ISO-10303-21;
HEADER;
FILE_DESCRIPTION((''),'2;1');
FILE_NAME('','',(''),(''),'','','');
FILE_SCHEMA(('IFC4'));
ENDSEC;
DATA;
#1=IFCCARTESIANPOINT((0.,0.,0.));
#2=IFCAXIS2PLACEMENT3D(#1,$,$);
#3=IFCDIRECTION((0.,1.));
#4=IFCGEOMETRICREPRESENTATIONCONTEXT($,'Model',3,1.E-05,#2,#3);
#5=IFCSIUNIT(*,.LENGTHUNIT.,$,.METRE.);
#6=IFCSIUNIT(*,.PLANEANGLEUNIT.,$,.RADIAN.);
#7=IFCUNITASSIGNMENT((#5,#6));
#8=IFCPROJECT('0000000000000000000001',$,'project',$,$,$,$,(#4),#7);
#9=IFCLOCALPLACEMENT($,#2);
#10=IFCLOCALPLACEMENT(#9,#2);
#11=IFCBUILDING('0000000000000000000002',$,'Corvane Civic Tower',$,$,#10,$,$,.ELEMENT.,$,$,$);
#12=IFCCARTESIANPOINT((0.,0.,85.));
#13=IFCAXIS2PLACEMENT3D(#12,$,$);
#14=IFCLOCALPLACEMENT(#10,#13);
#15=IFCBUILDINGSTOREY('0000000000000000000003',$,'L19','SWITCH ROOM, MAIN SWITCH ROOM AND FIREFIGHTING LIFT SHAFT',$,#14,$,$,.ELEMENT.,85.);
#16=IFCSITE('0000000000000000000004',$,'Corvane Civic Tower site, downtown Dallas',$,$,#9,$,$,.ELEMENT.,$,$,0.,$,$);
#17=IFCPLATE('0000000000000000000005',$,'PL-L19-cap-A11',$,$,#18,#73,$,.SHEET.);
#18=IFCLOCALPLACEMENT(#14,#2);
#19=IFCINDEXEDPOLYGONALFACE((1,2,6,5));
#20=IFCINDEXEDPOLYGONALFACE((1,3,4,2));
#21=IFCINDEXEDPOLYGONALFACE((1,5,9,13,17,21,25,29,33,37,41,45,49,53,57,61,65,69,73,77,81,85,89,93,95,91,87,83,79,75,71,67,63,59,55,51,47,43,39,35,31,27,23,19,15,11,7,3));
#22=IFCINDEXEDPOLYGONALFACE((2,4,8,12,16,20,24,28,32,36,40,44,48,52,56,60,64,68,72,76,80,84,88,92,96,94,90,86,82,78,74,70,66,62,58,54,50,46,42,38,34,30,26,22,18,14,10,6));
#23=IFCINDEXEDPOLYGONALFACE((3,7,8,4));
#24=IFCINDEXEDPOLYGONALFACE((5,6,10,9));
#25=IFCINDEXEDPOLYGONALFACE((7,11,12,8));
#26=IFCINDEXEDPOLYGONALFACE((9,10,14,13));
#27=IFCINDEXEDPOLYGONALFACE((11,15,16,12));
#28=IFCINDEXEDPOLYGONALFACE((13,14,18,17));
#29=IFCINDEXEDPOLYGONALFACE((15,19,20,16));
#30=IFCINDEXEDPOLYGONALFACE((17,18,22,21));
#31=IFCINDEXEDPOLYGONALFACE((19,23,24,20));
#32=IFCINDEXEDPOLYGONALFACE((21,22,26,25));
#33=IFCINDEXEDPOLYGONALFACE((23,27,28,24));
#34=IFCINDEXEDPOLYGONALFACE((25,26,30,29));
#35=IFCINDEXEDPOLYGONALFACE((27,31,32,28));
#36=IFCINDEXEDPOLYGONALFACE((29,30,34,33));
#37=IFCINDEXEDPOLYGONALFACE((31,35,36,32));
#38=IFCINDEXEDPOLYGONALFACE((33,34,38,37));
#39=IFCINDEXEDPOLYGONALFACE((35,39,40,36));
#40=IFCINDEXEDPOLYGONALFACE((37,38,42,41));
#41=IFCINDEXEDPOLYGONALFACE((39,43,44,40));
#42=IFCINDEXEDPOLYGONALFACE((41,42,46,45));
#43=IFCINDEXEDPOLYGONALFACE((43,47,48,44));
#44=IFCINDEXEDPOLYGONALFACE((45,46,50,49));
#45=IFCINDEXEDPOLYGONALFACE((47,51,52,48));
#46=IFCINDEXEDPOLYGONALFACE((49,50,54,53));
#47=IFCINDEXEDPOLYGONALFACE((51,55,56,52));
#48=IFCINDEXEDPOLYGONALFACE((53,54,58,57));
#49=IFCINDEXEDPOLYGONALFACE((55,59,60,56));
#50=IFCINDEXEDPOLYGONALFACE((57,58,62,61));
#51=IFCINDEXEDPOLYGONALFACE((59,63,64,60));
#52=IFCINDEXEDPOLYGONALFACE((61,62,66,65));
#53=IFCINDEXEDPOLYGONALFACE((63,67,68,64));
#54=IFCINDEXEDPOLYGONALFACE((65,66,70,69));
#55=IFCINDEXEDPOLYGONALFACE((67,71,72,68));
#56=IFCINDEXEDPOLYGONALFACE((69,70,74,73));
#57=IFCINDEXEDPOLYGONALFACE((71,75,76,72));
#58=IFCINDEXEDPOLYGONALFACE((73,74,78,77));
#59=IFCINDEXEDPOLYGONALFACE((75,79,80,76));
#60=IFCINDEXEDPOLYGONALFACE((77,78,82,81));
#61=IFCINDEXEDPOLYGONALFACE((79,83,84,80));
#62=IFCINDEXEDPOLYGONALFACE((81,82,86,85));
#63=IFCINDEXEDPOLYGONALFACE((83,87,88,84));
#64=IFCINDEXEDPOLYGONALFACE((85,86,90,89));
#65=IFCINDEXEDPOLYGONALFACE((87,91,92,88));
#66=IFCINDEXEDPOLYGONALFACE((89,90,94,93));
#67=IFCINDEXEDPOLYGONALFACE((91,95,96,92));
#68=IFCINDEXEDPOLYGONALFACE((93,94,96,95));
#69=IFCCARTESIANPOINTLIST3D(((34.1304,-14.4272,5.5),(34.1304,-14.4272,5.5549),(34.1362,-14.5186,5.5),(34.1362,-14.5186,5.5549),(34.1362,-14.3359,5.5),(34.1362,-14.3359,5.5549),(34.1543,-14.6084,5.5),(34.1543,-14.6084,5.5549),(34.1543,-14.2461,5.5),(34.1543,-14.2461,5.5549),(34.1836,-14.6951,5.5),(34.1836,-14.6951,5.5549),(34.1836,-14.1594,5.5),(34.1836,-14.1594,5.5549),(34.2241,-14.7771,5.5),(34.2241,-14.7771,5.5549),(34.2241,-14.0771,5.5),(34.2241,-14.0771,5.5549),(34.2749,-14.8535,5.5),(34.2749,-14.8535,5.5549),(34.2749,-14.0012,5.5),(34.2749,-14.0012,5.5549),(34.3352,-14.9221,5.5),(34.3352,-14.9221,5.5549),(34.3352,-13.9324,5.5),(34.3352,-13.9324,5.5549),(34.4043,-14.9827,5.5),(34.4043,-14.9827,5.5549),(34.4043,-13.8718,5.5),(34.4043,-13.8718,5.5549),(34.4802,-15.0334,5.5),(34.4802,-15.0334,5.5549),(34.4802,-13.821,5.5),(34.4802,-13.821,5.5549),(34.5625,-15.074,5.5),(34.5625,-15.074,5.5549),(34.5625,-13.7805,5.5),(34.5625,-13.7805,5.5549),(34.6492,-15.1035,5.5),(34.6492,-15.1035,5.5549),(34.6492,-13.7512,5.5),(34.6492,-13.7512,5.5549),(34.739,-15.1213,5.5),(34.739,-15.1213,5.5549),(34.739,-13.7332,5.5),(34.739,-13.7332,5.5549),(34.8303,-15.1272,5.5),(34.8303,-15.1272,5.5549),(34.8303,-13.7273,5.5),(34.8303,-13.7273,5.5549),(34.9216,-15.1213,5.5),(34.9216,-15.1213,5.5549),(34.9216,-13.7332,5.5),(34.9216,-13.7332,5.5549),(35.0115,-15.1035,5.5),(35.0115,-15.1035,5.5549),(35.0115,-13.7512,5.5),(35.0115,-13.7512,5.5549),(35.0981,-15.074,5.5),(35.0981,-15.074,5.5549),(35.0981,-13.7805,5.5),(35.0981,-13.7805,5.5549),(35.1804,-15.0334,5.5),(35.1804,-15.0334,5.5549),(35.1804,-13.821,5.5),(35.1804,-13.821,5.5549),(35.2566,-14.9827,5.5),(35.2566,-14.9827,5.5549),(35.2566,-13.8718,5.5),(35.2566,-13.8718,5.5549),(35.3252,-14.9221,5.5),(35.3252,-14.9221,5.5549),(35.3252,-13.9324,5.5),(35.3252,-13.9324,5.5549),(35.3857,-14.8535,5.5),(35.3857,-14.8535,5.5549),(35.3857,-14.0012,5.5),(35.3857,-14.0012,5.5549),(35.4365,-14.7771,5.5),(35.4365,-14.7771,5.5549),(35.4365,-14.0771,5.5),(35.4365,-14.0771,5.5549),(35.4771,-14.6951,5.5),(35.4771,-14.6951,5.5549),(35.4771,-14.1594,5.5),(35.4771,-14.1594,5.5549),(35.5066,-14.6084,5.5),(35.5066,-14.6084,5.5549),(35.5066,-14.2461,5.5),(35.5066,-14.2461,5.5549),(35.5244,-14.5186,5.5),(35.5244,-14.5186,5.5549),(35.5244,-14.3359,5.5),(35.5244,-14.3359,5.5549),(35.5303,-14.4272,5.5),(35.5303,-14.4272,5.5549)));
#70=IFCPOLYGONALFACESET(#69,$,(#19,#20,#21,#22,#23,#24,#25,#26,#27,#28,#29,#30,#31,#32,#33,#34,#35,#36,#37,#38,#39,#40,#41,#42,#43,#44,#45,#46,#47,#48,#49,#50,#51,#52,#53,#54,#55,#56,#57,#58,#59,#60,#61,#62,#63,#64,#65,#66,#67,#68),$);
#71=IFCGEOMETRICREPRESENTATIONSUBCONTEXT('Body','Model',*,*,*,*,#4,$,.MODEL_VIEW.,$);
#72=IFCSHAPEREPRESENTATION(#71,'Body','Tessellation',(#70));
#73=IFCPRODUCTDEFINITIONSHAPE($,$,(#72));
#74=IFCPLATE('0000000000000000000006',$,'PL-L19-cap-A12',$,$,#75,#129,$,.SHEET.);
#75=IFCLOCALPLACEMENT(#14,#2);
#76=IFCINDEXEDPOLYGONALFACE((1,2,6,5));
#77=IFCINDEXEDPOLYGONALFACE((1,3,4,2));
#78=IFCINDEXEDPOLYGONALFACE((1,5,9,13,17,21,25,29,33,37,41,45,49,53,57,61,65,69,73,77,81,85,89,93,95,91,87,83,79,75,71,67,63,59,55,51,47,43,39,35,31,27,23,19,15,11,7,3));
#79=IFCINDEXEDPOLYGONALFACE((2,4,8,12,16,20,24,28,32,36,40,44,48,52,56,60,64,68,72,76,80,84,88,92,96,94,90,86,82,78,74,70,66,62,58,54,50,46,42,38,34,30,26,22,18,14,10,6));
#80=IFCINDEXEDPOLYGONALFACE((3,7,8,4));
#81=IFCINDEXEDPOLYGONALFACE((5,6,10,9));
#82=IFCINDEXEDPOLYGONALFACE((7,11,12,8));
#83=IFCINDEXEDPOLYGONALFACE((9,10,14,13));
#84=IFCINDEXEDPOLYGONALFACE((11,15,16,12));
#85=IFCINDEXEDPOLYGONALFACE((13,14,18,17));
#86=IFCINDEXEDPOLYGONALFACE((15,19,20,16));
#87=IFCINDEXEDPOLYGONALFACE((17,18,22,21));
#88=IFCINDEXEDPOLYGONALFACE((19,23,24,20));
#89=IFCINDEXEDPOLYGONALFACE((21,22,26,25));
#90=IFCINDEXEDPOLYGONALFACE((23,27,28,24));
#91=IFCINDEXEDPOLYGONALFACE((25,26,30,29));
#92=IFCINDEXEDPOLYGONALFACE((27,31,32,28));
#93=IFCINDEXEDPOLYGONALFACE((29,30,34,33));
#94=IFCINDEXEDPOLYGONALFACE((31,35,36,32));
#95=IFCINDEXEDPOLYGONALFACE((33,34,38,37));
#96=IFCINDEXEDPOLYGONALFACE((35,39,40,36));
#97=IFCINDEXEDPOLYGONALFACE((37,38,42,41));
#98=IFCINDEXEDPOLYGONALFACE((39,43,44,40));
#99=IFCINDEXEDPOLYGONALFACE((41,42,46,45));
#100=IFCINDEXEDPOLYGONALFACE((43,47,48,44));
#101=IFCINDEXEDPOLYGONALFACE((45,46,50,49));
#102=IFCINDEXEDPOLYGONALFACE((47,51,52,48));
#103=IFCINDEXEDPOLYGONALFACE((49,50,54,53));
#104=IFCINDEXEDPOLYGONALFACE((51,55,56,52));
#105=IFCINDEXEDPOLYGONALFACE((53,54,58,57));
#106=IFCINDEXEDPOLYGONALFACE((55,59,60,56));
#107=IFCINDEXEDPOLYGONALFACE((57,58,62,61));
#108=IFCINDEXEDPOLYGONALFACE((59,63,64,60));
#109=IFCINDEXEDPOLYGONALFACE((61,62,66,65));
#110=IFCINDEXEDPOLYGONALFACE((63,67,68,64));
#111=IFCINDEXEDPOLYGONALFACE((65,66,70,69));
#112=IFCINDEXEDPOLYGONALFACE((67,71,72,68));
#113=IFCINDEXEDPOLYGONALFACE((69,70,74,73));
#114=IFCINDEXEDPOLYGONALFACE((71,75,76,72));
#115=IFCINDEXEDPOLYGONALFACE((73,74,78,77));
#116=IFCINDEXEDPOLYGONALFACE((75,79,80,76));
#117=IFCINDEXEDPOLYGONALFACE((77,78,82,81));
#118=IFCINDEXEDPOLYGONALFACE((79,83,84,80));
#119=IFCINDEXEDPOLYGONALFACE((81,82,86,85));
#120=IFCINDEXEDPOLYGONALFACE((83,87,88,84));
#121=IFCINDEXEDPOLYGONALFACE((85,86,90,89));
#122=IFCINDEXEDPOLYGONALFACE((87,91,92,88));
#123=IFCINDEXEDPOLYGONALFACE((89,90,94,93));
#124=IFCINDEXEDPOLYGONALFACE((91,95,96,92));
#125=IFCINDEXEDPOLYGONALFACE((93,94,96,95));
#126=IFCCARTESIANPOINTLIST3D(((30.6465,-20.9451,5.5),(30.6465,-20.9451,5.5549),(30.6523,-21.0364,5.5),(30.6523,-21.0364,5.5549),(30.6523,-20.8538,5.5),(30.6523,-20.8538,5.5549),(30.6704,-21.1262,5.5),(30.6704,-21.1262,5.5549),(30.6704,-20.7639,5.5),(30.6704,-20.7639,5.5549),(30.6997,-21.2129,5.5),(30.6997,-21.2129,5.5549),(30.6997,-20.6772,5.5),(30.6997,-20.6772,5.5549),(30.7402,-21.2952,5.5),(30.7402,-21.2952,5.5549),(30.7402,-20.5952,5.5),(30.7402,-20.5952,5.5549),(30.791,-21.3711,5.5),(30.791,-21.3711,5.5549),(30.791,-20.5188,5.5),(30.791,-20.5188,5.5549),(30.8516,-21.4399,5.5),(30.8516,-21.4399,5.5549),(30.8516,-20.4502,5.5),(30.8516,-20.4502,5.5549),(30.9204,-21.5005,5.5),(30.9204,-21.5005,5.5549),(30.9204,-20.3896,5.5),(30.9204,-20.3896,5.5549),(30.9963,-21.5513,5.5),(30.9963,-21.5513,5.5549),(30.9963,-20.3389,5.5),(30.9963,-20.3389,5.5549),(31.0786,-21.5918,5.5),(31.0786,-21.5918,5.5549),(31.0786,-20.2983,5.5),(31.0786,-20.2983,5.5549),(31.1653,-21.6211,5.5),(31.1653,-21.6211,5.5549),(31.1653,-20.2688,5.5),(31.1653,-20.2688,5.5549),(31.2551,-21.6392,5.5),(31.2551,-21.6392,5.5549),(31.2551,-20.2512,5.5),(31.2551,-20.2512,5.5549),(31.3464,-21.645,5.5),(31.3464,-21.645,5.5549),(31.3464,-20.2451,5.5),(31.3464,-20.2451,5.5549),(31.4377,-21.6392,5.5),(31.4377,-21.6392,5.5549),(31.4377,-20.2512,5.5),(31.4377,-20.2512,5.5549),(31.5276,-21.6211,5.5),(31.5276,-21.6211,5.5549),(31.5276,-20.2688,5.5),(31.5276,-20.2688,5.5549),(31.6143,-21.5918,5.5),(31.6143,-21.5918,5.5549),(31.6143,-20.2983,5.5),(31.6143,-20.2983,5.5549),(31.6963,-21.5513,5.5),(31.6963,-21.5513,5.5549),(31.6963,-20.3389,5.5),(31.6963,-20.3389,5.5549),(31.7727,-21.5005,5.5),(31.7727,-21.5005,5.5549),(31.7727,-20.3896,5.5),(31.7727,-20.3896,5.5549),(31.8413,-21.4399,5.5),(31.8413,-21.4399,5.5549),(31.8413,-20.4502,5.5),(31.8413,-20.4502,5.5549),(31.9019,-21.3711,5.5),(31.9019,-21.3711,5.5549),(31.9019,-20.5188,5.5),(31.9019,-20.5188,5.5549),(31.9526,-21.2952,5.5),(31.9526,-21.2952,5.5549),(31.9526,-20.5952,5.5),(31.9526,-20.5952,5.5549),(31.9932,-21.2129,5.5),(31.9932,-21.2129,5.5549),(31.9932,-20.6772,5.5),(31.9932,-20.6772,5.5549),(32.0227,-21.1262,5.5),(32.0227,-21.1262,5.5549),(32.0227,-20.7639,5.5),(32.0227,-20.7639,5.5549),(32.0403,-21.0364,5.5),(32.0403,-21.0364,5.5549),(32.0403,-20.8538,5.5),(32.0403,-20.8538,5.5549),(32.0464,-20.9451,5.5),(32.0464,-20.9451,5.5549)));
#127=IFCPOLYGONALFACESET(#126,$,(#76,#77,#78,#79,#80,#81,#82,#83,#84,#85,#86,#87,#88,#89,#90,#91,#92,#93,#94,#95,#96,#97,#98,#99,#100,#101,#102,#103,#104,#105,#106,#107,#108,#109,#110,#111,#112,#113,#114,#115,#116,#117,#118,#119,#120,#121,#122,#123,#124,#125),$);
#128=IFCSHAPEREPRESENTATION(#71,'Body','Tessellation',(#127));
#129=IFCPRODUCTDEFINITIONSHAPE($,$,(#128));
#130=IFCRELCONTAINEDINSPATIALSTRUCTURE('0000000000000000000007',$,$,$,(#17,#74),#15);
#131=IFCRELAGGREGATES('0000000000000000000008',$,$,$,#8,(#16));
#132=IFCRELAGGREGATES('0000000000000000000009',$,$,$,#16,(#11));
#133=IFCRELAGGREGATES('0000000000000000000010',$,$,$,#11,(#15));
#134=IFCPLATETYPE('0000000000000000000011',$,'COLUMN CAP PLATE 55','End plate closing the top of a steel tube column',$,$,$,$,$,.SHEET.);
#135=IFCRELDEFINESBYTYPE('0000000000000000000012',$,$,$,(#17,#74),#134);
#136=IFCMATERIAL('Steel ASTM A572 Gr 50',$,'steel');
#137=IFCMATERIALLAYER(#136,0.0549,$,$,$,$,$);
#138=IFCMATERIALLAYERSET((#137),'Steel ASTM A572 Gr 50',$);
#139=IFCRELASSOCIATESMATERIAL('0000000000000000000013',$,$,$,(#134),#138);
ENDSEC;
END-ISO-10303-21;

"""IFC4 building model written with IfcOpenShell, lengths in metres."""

from ifc_helpers import new_model, si_unit, direction, frame, origin, place, context, subcontext, project, spatial, polyline, outline, extrude, material, layer, layer_set, type_object, element, save


model = new_model("IFC4")

# Units and contexts
model_context = context("Model", 3, precision=1e-05, world=origin(), true_north=direction((0.0, 1.0)))
body_context = subcontext(model_context, "Body", "Model", "MODEL_VIEW")
ifc_project = project(units=[si_unit("LENGTHUNIT", "METRE"), si_unit("PLANEANGLEUNIT", "RADIAN")], contexts=[model_context])

# Site, building, storey
site_placement = place(None, origin())
site = spatial("IfcSite", under=ifc_project, at=site_placement, Name="Corvane Civic Tower site, downtown Dallas", CompositionType="ELEMENT", RefElevation=0.0)
building_placement = place(site_placement, origin())
building = spatial("IfcBuilding", under=site, at=building_placement, Name="Corvane Civic Tower", CompositionType="ELEMENT")
storey_placement = place(building_placement, frame((0.0, 0.0, 85.0)))
storey = spatial("IfcBuildingStorey", under=building, at=storey_placement, Name="L19", Description="SWITCH ROOM, MAIN SWITCH ROOM AND FIREFIGHTING LIFT SHAFT", CompositionType="ELEMENT", Elevation=85.0)

# Plates
ifc_material_1 = material(Name="Steel ASTM A572 Gr 50", Category="steel")
ifc_layer_1 = layer(ifc_material_1, 0.0549)
ifc_layer_set_1 = layer_set([ifc_layer_1], Name="Steel ASTM A572 Gr 50")
plate_type = type_object("IfcPlateType", Name="COLUMN CAP PLATE 55", Description="End plate closing the top of a steel tube column", PredefinedType="SHEET", material=ifc_layer_set_1)
plate_1_placement = place(storey_placement, frame((0.0, 0.0, 5.5)))
element("IfcPlate", 1, at=plate_1_placement, inside=storey, type_object=plate_type, Name="PL-L19-cap-A11", PredefinedType="SHEET", context=body_context, shape_type="SweptSolid", body=[
    extrude(outline(polyline([(35.5303, -14.4272), (35.5244, -14.3359), (35.5066, -14.2461), (35.4771, -14.1594), (35.4365, -14.0771), (35.3857, -14.0012), (35.3252, -13.9324), (35.2566, -13.8718), (35.1804, -13.821), (35.0981, -13.7805), (35.0115, -13.7512), (34.9216, -13.7332), (34.8303, -13.7273), (34.739, -13.7332), (34.6492, -13.7512), (34.5625, -13.7805), (34.4802, -13.821), (34.4043, -13.8718), (34.3352, -13.9324), (34.2749, -14.0012), (34.2241, -14.0771), (34.1836, -14.1594), (34.1543, -14.2461), (34.1362, -14.3359), (34.1304, -14.4272), (34.1362, -14.5186), (34.1543, -14.6084), (34.1836, -14.6951), (34.2241, -14.7771), (34.2749, -14.8535), (34.3352, -14.9221), (34.4043, -14.9827), (34.4802, -15.0334), (34.5625, -15.074), (34.6492, -15.1035), (34.739, -15.1213), (34.8303, -15.1272), (34.9216, -15.1213), (35.0115, -15.1035), (35.0981, -15.074), (35.1804, -15.0334), (35.2566, -14.9827), (35.3252, -14.9221), (35.3857, -14.8535), (35.4365, -14.7771), (35.4771, -14.6951), (35.5066, -14.6084), (35.5244, -14.5186), (35.5303, -14.4272)])), origin(), (0.0, 0.0, 1.0), 0.0549),
])
plate_2_placement = place(storey_placement, frame((0.0, 0.0, 5.5)))
element("IfcPlate", 2, at=plate_2_placement, inside=storey, type_object=plate_type, Name="PL-L19-cap-A12", PredefinedType="SHEET", context=body_context, shape_type="SweptSolid", body=[
    extrude(outline(polyline([(32.0464, -20.9451), (32.0403, -20.8538), (32.0227, -20.7639), (31.9932, -20.6772), (31.9526, -20.5952), (31.9019, -20.5188), (31.8413, -20.4502), (31.7727, -20.3896), (31.6963, -20.3389), (31.6143, -20.2983), (31.5276, -20.2688), (31.4377, -20.2512), (31.3464, -20.2451), (31.2551, -20.2512), (31.1653, -20.2688), (31.0786, -20.2983), (30.9963, -20.3389), (30.9204, -20.3896), (30.8516, -20.4502), (30.791, -20.5188), (30.7402, -20.5952), (30.6997, -20.6772), (30.6704, -20.7639), (30.6523, -20.8538), (30.6465, -20.9451), (30.6523, -21.0364), (30.6704, -21.1262), (30.6997, -21.2129), (30.7402, -21.2952), (30.791, -21.3711), (30.8516, -21.4399), (30.9204, -21.5005), (30.9963, -21.5513), (31.0786, -21.5918), (31.1653, -21.6211), (31.2551, -21.6392), (31.3464, -21.645), (31.4377, -21.6392), (31.5276, -21.6211), (31.6143, -21.5918), (31.6963, -21.5513), (31.7727, -21.5005), (31.8413, -21.4399), (31.9019, -21.3711), (31.9526, -21.2952), (31.9932, -21.2129), (32.0227, -21.1262), (32.0403, -21.0364), (32.0464, -20.9451)])), origin(), (0.0, 0.0, 1.0), 0.0549),
])

save(model, "model.ifc")
